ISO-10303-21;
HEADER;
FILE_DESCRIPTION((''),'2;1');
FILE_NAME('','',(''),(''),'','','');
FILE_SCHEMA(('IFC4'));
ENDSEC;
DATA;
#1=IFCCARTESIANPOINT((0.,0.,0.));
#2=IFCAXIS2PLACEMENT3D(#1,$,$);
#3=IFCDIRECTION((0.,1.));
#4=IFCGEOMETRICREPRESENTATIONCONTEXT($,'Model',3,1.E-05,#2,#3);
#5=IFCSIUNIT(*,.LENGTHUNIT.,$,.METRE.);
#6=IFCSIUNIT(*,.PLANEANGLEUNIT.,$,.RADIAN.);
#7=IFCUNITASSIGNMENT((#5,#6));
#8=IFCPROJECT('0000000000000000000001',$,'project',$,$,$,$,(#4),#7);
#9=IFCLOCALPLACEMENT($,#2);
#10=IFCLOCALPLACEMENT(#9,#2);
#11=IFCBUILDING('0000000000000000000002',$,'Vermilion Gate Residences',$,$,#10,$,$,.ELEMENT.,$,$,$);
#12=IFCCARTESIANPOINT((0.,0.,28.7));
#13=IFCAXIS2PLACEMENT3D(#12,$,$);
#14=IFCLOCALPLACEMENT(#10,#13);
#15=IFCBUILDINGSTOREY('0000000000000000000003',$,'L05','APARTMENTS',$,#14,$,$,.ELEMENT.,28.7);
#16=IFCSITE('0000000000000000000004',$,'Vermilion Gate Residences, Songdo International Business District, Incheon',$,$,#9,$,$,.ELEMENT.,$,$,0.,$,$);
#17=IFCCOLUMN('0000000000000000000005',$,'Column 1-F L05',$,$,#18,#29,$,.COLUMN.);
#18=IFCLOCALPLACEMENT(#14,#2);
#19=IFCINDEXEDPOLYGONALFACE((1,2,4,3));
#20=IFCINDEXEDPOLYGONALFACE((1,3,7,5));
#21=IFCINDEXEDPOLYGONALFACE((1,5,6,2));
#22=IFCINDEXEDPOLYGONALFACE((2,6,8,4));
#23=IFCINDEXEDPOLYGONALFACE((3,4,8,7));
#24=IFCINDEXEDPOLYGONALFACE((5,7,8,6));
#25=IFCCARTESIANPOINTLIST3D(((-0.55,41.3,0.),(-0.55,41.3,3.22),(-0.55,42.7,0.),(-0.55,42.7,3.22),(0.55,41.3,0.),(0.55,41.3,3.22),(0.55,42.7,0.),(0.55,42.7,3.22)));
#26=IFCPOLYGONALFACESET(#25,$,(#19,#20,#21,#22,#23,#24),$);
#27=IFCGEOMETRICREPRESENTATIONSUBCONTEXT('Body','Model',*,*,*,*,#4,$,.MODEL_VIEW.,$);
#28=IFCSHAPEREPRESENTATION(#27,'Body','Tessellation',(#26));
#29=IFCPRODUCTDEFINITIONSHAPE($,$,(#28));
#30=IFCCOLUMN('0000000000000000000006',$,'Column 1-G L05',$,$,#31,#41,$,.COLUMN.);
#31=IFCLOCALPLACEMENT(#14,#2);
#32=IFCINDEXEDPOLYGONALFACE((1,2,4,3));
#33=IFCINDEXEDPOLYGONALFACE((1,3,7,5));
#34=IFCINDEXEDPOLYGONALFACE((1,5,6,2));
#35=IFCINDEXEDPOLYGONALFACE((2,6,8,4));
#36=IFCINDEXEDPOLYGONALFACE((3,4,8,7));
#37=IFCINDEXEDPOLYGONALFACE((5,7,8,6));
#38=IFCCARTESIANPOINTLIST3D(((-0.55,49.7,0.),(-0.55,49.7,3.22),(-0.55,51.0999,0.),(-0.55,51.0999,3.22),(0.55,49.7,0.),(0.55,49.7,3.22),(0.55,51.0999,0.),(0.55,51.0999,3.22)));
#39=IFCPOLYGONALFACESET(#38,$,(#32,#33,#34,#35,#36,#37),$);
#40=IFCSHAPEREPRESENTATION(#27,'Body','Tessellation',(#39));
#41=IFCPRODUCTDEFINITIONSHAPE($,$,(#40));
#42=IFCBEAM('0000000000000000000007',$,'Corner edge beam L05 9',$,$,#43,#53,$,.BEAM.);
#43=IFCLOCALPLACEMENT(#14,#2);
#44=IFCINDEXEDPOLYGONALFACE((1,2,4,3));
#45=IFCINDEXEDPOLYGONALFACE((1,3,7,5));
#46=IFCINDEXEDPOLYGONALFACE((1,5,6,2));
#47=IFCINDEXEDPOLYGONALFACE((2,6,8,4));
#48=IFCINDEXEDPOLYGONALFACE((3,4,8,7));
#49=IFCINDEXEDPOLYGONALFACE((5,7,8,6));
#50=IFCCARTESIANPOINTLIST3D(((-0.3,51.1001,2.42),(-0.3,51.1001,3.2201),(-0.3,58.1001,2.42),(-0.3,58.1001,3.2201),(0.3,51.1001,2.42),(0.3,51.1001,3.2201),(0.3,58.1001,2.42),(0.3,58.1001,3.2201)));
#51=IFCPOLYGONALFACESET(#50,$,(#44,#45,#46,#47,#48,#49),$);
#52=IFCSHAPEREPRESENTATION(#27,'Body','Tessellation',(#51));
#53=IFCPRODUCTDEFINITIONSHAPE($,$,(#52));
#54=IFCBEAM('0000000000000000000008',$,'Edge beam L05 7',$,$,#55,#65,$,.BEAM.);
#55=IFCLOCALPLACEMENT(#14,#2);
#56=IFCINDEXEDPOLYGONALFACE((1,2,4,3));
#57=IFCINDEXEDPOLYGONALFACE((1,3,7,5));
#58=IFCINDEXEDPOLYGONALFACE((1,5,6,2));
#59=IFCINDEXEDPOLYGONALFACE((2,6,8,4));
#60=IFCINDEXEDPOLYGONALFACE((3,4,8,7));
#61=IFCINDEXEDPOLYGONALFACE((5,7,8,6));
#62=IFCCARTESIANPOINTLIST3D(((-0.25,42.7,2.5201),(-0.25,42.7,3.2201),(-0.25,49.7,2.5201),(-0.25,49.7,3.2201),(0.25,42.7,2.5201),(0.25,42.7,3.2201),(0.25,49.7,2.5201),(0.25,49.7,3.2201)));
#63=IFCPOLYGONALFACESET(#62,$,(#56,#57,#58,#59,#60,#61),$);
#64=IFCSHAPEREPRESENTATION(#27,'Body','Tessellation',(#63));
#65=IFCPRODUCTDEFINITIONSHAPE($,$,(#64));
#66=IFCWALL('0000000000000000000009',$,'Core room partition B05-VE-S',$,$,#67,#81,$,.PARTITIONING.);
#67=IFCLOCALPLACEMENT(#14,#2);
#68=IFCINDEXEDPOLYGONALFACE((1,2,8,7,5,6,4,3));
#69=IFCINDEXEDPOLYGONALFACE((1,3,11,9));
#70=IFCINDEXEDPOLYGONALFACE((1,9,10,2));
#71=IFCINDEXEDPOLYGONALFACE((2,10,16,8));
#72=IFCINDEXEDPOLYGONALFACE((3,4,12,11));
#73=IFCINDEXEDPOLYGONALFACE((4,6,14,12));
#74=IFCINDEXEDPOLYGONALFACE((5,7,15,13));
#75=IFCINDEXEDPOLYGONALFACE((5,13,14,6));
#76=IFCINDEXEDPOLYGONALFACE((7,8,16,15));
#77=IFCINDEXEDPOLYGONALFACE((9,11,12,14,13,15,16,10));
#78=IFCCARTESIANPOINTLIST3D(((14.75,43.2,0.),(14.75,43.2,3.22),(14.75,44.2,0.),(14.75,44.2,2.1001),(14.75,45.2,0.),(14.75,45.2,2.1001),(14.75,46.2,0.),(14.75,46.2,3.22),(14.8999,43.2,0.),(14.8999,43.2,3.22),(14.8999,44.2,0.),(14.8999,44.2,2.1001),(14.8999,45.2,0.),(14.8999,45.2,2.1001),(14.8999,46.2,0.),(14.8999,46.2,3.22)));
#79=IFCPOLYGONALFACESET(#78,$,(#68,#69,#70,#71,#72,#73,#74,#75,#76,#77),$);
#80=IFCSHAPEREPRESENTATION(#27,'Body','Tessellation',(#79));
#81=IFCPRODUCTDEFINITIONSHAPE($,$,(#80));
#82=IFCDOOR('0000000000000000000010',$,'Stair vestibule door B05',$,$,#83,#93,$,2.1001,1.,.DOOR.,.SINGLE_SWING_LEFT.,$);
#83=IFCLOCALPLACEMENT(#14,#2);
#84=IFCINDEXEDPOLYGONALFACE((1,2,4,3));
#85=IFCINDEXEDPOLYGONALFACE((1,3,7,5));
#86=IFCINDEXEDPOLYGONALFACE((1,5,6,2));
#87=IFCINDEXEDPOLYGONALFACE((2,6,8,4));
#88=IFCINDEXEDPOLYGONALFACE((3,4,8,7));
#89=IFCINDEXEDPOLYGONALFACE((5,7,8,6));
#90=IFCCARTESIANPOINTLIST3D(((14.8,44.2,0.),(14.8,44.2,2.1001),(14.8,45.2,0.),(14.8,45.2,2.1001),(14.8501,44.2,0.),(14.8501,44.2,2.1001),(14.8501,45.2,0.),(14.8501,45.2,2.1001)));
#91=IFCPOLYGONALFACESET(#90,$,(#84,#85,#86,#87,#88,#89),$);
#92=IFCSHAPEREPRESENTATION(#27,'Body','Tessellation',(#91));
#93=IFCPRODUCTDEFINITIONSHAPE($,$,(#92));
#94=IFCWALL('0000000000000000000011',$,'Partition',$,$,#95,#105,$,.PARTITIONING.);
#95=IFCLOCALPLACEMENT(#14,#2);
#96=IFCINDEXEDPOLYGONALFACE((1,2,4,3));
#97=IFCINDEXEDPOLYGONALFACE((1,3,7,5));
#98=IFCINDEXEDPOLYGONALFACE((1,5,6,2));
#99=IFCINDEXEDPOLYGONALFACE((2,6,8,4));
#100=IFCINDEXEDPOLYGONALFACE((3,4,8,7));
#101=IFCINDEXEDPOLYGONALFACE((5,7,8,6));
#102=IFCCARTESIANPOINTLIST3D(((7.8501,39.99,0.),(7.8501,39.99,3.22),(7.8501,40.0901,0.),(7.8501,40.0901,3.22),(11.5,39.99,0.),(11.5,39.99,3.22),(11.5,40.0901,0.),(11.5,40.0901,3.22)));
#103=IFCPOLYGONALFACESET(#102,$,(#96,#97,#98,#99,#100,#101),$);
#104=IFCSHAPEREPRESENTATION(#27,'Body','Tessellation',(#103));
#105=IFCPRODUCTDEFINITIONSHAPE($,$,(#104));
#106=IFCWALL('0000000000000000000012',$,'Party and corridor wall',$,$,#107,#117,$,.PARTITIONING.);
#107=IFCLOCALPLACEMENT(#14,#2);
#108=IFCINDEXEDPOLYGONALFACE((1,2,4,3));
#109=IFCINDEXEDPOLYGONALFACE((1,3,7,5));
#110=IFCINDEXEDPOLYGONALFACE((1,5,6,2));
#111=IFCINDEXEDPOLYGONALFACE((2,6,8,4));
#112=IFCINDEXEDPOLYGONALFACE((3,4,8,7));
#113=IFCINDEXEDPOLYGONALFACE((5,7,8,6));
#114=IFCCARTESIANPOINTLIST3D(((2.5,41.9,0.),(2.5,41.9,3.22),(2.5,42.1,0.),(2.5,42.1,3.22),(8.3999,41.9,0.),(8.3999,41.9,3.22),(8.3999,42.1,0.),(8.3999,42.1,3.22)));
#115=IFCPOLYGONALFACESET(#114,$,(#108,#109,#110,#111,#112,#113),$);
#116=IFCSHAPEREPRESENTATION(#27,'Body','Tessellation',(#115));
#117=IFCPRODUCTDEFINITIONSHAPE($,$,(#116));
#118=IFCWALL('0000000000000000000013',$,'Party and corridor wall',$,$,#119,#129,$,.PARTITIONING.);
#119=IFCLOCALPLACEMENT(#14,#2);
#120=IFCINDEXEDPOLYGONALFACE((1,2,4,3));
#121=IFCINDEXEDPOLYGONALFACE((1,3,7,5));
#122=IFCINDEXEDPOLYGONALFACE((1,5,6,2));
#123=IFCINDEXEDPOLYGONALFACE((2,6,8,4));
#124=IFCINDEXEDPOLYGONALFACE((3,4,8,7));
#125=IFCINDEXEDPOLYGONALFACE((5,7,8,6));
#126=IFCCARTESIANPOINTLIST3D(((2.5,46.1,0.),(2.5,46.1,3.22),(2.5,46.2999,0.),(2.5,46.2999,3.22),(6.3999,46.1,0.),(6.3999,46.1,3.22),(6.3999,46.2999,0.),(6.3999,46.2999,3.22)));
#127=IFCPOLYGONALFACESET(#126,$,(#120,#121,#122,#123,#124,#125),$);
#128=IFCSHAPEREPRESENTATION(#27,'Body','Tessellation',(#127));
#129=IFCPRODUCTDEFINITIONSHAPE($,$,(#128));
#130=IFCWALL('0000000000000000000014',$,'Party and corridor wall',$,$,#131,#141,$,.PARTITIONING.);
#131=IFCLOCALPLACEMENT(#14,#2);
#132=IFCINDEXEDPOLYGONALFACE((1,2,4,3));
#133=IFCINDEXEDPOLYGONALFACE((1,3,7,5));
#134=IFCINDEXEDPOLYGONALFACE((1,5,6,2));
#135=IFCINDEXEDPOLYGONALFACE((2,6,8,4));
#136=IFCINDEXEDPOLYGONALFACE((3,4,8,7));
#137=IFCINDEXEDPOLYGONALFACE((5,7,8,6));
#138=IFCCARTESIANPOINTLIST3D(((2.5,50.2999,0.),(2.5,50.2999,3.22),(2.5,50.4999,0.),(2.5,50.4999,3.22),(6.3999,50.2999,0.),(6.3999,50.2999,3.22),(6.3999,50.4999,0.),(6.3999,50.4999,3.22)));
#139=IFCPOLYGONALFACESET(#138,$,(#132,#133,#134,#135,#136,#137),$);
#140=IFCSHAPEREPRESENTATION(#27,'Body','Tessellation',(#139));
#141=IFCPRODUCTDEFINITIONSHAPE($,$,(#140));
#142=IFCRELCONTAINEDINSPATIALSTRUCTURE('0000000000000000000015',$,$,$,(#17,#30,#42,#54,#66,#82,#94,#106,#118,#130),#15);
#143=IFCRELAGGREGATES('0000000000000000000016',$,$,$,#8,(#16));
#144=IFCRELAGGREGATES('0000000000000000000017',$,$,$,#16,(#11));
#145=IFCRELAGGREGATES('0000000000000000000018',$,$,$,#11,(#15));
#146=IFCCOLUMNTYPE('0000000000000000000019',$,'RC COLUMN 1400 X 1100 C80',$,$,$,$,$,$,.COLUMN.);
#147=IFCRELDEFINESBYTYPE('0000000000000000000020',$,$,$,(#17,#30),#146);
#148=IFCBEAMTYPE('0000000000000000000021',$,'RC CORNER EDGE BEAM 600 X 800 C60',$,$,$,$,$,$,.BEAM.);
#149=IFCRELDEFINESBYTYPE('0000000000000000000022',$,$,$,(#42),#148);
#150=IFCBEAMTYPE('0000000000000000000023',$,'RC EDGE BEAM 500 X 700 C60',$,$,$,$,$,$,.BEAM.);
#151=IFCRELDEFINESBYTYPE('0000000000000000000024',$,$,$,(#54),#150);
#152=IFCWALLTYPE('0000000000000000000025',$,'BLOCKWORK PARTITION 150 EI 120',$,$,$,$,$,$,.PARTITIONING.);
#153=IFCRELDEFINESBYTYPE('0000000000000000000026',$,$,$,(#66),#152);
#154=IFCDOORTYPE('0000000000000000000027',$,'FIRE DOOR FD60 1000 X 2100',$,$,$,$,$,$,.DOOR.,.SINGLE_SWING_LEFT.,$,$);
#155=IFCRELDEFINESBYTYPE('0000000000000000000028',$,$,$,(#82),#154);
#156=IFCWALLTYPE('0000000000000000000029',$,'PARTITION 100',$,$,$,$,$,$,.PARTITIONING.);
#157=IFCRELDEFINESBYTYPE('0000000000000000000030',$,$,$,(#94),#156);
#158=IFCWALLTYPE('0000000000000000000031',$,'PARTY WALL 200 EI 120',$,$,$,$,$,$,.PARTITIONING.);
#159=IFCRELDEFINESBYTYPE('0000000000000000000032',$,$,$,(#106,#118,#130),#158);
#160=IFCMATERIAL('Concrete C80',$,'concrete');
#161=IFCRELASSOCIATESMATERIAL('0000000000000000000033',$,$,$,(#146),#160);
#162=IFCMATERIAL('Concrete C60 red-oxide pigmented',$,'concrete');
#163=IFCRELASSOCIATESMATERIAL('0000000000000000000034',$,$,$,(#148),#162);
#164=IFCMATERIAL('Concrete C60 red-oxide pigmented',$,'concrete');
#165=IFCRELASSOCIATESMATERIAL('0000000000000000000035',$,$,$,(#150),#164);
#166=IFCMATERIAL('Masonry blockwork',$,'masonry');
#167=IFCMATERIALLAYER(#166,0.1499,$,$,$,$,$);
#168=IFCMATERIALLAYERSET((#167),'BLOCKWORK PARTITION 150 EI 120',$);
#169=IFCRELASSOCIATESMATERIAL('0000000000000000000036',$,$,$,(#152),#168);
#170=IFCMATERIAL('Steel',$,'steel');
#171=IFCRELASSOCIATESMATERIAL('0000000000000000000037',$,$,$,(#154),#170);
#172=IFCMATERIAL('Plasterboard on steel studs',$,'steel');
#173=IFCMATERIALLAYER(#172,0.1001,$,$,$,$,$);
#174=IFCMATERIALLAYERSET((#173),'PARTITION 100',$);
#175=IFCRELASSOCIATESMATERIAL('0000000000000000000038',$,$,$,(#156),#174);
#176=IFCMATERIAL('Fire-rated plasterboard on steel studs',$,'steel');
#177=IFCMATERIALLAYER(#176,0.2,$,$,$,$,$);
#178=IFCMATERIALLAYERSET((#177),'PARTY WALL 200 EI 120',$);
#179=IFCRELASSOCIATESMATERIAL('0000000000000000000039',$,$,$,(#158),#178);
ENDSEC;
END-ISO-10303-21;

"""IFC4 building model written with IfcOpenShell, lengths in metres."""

from ifc_helpers import new_model, si_unit, direction, frame, frame_2d, origin, origin_2d, place, context, subcontext, project, spatial, rectangle, extrude, material, layer, layer_set, material_profile, profile_set, type_object, element, fill, save


model = new_model("IFC4")

# Units and contexts
model_context = context("Model", 3, precision=1e-05, world=origin(), true_north=direction((0.0, 1.0)))
body_context = subcontext(model_context, "Body", "Model", "MODEL_VIEW")
ifc_project = project(units=[si_unit("LENGTHUNIT", "METRE"), si_unit("PLANEANGLEUNIT", "RADIAN")], contexts=[model_context])

# Site, building, storey
site_placement = place(None, origin())
site = spatial("IfcSite", under=ifc_project, at=site_placement, Name="Vermilion Gate Residences, Songdo International Business District, Incheon", CompositionType="ELEMENT", RefElevation=0.0)
building_placement = place(site_placement, origin())
building = spatial("IfcBuilding", under=site, at=building_placement, Name="Vermilion Gate Residences", CompositionType="ELEMENT")
storey_placement = place(building_placement, frame((0.0, 0.0, 28.7)))
storey = spatial("IfcBuildingStorey", under=building, at=storey_placement, Name="L05", Description="APARTMENTS", CompositionType="ELEMENT", Elevation=28.7)

# Columns
ifc_material_1 = material(Name="Concrete C80", Category="concrete")
ifc_material_profile_1 = material_profile(ifc_material_1, rectangle(XDim=1.3999, YDim=1.1001, at=origin_2d()), Name="RC-1400x1100")
ifc_profile_set_1 = profile_set([ifc_material_profile_1], Name="Concrete C80")
column_type = type_object("IfcColumnType", Name="RC COLUMN 1400 X 1100 C80", PredefinedType="COLUMN", material=ifc_profile_set_1)
for number, where, z_axis, x_axis, name in (
    (1, (0.0, 42.0, 0.0), (0.0, 0.0, 1.0), (0.0, 1.0, 0.0), "Column 1-F L05"),
    (2, (0.0, 50.3999, 0.0), (0.0, 0.0, 1.0), (0.0, 1.0, 0.0), "Column 1-G L05"),
):
    element("IfcColumn", number, at=place(storey_placement, frame(where, z_axis=z_axis, x_axis=x_axis)), inside=storey, type_object=column_type, Name=name, PredefinedType="COLUMN", context=body_context, shape_type="SweptSolid", body=[
        extrude(rectangle(XDim=1.3999, YDim=1.1001, at=origin_2d()), origin(), (0.0, 0.0, 1.0), 3.22),
    ])

# Beams
ifc_material_2 = material(Name="Concrete C60 red-oxide pigmented", Category="concrete")
ifc_material_profile_2 = material_profile(ifc_material_2, rectangle(XDim=0.6001, YDim=0.8, at=origin_2d()), Name="RC-600x800")
ifc_profile_set_2 = profile_set([ifc_material_profile_2], Name="Concrete C60 red-oxide pigmented")
beam_type_1 = type_object("IfcBeamType", Name="RC CORNER EDGE BEAM 600 X 800 C60", PredefinedType="BEAM", material=ifc_profile_set_2)
beam_1_placement = place(storey_placement, frame((0.0, 51.1001, 2.8201), z_axis=(0.0, 1.0, 0.0), x_axis=(-1.0, 0.0, 0.0)))
element("IfcBeam", 3, at=beam_1_placement, inside=storey, type_object=beam_type_1, Name="Corner edge beam L05 9", PredefinedType="BEAM", context=body_context, shape_type="SweptSolid", body=[
    extrude(rectangle(XDim=0.6001, YDim=0.8, at=origin_2d()), origin(), (0.0, 0.0, 1.0), 7.0),
])
ifc_material_3 = material(Name="Concrete C60 red-oxide pigmented", Category="concrete")
ifc_material_profile_3 = material_profile(ifc_material_3, rectangle(XDim=0.5, YDim=0.7, at=origin_2d()), Name="RC-500x700")
ifc_profile_set_3 = profile_set([ifc_material_profile_3], Name="Concrete C60 red-oxide pigmented")
beam_type_2 = type_object("IfcBeamType", Name="RC EDGE BEAM 500 X 700 C60", PredefinedType="BEAM", material=ifc_profile_set_3)
beam_2_placement = place(storey_placement, frame((0.0, 42.7, 2.8701), z_axis=(0.0, 1.0, 0.0), x_axis=(-1.0, 0.0, 0.0)))
element("IfcBeam", 4, at=beam_2_placement, inside=storey, type_object=beam_type_2, Name="Edge beam L05 7", PredefinedType="BEAM", context=body_context, shape_type="SweptSolid", body=[
    extrude(rectangle(XDim=0.5, YDim=0.7, at=origin_2d()), origin(), (0.0, 0.0, 1.0), 7.0),
])

# Wall, opening, door
ifc_material_4 = material(Name="Masonry blockwork", Category="masonry")
ifc_layer_1 = layer(ifc_material_4, 0.1499)
ifc_layer_set_1 = layer_set([ifc_layer_1], Name="BLOCKWORK PARTITION 150 EI 120")
wall_type_1 = type_object("IfcWallType", Name="BLOCKWORK PARTITION 150 EI 120", PredefinedType="PARTITIONING", material=ifc_layer_set_1)
wall_1_placement = place(storey_placement, frame((14.825, 46.2, 0.0), z_axis=(0.0, 0.0, 1.0), x_axis=(0.0, -1.0, 0.0)))
wall_1 = element("IfcWall", 5, at=wall_1_placement, inside=storey, type_object=wall_type_1, Name="Core room partition B05-VE-S", PredefinedType="PARTITIONING", context=body_context, shape_type="SweptSolid", body=[
    extrude(rectangle(XDim=3.0, YDim=0.1499, at=frame_2d((1.5, 0.0))), origin(), (0.0, 0.0, 1.0), 3.22),
])
opening_1_placement = place(wall_1_placement, frame((1.0, 0.0, 0.0)))
opening_1 = element("IfcOpeningElement", 6, at=opening_1_placement, cuts=wall_1, PredefinedType="OPENING", context=body_context, shape_type="SweptSolid", body=[
    extrude(rectangle(XDim=1.0, YDim=2.1001, at=frame_2d((0.5, 1.05))), frame((0.0, 0.085, 0.0), z_axis=(0.0, -1.0, 0.0), x_axis=(1.0, 0.0, 0.0)), (0.0, 0.0, 1.0), 0.1699),
])
ifc_material_5 = material(Name="Steel", Category="steel")
door_type_1 = type_object("IfcDoorType", Name="FIRE DOOR FD60 1000 X 2100", OperationType="SINGLE_SWING_LEFT", PredefinedType="DOOR", material=ifc_material_5)
door_1_placement = place(opening_1_placement, frame((1.0, 0.0, 0.0), z_axis=(0.0, 0.0, 1.0), x_axis=(-1.0, 0.0, 0.0)))
door_1 = element("IfcDoor", 7, at=door_1_placement, inside=storey, type_object=door_type_1, Name="Stair vestibule door B05", OperationType="SINGLE_SWING_LEFT", OverallHeight=2.1001, OverallWidth=1.0, PredefinedType="DOOR", context=body_context, shape_type="SweptSolid", body=[
    extrude(rectangle(XDim=1.0, YDim=2.1001, at=frame_2d((0.5, 1.05))), frame((0.0, 0.0249, 0.0), z_axis=(0.0, -1.0, 0.0), x_axis=(1.0, 0.0, 0.0)), (0.0, 0.0, 1.0), 0.05),
])
fill(opening_1, door_1)

# Walls
ifc_material_6 = material(Name="Plasterboard on steel studs", Category="steel")
ifc_layer_2 = layer(ifc_material_6, 0.1001)
ifc_layer_set_2 = layer_set([ifc_layer_2], Name="PARTITION 100")
wall_type_2 = type_object("IfcWallType", Name="PARTITION 100", PredefinedType="PARTITIONING", material=ifc_layer_set_2)
wall_2_placement = place(storey_placement, frame((7.8501, 40.04, 0.0), z_axis=(0.0, 0.0, 1.0), x_axis=(1.0, 0.0, 0.0)))
element("IfcWall", 8, at=wall_2_placement, inside=storey, type_object=wall_type_2, Name="Partition", PredefinedType="PARTITIONING", context=body_context, shape_type="SweptSolid", body=[
    extrude(rectangle(XDim=3.6499, YDim=0.1001, at=frame_2d((1.825, 0.0))), origin(), (0.0, 0.0, 1.0), 3.22),
])
ifc_material_7 = material(Name="Fire-rated plasterboard on steel studs", Category="steel")
ifc_layer_3 = layer(ifc_material_7, 0.2)
ifc_layer_set_3 = layer_set([ifc_layer_3], Name="PARTY WALL 200 EI 120")
wall_type_3 = type_object("IfcWallType", Name="PARTY WALL 200 EI 120", PredefinedType="PARTITIONING", material=ifc_layer_set_3)
wall_3_placement = place(storey_placement, frame((2.5, 42.0, 0.0), z_axis=(0.0, 0.0, 1.0), x_axis=(1.0, 0.0, 0.0)))
element("IfcWall", 9, at=wall_3_placement, inside=storey, type_object=wall_type_3, Name="Party and corridor wall", PredefinedType="PARTITIONING", context=body_context, shape_type="SweptSolid", body=[
    extrude(rectangle(XDim=5.8999, YDim=0.2, at=frame_2d((2.95, 0.0))), origin(), (0.0, 0.0, 1.0), 3.22),
])
for number, where, z_axis, x_axis, name in (
    (10, (2.5, 46.2, 0.0), (0.0, 0.0, 1.0), (1.0, 0.0, 0.0), "Party and corridor wall"),
    (11, (2.5, 50.3999, 0.0), (0.0, 0.0, 1.0), (1.0, 0.0, 0.0), "Party and corridor wall"),
):
    element("IfcWall", number, at=place(storey_placement, frame(where, z_axis=z_axis, x_axis=x_axis)), inside=storey, type_object=wall_type_3, Name=name, PredefinedType="PARTITIONING", context=body_context, shape_type="SweptSolid", body=[
        extrude(rectangle(XDim=3.8999, YDim=0.2, at=frame_2d((1.95, 0.0))), origin(), (0.0, 0.0, 1.0), 3.22),
    ])

save(model, "model.ifc")
